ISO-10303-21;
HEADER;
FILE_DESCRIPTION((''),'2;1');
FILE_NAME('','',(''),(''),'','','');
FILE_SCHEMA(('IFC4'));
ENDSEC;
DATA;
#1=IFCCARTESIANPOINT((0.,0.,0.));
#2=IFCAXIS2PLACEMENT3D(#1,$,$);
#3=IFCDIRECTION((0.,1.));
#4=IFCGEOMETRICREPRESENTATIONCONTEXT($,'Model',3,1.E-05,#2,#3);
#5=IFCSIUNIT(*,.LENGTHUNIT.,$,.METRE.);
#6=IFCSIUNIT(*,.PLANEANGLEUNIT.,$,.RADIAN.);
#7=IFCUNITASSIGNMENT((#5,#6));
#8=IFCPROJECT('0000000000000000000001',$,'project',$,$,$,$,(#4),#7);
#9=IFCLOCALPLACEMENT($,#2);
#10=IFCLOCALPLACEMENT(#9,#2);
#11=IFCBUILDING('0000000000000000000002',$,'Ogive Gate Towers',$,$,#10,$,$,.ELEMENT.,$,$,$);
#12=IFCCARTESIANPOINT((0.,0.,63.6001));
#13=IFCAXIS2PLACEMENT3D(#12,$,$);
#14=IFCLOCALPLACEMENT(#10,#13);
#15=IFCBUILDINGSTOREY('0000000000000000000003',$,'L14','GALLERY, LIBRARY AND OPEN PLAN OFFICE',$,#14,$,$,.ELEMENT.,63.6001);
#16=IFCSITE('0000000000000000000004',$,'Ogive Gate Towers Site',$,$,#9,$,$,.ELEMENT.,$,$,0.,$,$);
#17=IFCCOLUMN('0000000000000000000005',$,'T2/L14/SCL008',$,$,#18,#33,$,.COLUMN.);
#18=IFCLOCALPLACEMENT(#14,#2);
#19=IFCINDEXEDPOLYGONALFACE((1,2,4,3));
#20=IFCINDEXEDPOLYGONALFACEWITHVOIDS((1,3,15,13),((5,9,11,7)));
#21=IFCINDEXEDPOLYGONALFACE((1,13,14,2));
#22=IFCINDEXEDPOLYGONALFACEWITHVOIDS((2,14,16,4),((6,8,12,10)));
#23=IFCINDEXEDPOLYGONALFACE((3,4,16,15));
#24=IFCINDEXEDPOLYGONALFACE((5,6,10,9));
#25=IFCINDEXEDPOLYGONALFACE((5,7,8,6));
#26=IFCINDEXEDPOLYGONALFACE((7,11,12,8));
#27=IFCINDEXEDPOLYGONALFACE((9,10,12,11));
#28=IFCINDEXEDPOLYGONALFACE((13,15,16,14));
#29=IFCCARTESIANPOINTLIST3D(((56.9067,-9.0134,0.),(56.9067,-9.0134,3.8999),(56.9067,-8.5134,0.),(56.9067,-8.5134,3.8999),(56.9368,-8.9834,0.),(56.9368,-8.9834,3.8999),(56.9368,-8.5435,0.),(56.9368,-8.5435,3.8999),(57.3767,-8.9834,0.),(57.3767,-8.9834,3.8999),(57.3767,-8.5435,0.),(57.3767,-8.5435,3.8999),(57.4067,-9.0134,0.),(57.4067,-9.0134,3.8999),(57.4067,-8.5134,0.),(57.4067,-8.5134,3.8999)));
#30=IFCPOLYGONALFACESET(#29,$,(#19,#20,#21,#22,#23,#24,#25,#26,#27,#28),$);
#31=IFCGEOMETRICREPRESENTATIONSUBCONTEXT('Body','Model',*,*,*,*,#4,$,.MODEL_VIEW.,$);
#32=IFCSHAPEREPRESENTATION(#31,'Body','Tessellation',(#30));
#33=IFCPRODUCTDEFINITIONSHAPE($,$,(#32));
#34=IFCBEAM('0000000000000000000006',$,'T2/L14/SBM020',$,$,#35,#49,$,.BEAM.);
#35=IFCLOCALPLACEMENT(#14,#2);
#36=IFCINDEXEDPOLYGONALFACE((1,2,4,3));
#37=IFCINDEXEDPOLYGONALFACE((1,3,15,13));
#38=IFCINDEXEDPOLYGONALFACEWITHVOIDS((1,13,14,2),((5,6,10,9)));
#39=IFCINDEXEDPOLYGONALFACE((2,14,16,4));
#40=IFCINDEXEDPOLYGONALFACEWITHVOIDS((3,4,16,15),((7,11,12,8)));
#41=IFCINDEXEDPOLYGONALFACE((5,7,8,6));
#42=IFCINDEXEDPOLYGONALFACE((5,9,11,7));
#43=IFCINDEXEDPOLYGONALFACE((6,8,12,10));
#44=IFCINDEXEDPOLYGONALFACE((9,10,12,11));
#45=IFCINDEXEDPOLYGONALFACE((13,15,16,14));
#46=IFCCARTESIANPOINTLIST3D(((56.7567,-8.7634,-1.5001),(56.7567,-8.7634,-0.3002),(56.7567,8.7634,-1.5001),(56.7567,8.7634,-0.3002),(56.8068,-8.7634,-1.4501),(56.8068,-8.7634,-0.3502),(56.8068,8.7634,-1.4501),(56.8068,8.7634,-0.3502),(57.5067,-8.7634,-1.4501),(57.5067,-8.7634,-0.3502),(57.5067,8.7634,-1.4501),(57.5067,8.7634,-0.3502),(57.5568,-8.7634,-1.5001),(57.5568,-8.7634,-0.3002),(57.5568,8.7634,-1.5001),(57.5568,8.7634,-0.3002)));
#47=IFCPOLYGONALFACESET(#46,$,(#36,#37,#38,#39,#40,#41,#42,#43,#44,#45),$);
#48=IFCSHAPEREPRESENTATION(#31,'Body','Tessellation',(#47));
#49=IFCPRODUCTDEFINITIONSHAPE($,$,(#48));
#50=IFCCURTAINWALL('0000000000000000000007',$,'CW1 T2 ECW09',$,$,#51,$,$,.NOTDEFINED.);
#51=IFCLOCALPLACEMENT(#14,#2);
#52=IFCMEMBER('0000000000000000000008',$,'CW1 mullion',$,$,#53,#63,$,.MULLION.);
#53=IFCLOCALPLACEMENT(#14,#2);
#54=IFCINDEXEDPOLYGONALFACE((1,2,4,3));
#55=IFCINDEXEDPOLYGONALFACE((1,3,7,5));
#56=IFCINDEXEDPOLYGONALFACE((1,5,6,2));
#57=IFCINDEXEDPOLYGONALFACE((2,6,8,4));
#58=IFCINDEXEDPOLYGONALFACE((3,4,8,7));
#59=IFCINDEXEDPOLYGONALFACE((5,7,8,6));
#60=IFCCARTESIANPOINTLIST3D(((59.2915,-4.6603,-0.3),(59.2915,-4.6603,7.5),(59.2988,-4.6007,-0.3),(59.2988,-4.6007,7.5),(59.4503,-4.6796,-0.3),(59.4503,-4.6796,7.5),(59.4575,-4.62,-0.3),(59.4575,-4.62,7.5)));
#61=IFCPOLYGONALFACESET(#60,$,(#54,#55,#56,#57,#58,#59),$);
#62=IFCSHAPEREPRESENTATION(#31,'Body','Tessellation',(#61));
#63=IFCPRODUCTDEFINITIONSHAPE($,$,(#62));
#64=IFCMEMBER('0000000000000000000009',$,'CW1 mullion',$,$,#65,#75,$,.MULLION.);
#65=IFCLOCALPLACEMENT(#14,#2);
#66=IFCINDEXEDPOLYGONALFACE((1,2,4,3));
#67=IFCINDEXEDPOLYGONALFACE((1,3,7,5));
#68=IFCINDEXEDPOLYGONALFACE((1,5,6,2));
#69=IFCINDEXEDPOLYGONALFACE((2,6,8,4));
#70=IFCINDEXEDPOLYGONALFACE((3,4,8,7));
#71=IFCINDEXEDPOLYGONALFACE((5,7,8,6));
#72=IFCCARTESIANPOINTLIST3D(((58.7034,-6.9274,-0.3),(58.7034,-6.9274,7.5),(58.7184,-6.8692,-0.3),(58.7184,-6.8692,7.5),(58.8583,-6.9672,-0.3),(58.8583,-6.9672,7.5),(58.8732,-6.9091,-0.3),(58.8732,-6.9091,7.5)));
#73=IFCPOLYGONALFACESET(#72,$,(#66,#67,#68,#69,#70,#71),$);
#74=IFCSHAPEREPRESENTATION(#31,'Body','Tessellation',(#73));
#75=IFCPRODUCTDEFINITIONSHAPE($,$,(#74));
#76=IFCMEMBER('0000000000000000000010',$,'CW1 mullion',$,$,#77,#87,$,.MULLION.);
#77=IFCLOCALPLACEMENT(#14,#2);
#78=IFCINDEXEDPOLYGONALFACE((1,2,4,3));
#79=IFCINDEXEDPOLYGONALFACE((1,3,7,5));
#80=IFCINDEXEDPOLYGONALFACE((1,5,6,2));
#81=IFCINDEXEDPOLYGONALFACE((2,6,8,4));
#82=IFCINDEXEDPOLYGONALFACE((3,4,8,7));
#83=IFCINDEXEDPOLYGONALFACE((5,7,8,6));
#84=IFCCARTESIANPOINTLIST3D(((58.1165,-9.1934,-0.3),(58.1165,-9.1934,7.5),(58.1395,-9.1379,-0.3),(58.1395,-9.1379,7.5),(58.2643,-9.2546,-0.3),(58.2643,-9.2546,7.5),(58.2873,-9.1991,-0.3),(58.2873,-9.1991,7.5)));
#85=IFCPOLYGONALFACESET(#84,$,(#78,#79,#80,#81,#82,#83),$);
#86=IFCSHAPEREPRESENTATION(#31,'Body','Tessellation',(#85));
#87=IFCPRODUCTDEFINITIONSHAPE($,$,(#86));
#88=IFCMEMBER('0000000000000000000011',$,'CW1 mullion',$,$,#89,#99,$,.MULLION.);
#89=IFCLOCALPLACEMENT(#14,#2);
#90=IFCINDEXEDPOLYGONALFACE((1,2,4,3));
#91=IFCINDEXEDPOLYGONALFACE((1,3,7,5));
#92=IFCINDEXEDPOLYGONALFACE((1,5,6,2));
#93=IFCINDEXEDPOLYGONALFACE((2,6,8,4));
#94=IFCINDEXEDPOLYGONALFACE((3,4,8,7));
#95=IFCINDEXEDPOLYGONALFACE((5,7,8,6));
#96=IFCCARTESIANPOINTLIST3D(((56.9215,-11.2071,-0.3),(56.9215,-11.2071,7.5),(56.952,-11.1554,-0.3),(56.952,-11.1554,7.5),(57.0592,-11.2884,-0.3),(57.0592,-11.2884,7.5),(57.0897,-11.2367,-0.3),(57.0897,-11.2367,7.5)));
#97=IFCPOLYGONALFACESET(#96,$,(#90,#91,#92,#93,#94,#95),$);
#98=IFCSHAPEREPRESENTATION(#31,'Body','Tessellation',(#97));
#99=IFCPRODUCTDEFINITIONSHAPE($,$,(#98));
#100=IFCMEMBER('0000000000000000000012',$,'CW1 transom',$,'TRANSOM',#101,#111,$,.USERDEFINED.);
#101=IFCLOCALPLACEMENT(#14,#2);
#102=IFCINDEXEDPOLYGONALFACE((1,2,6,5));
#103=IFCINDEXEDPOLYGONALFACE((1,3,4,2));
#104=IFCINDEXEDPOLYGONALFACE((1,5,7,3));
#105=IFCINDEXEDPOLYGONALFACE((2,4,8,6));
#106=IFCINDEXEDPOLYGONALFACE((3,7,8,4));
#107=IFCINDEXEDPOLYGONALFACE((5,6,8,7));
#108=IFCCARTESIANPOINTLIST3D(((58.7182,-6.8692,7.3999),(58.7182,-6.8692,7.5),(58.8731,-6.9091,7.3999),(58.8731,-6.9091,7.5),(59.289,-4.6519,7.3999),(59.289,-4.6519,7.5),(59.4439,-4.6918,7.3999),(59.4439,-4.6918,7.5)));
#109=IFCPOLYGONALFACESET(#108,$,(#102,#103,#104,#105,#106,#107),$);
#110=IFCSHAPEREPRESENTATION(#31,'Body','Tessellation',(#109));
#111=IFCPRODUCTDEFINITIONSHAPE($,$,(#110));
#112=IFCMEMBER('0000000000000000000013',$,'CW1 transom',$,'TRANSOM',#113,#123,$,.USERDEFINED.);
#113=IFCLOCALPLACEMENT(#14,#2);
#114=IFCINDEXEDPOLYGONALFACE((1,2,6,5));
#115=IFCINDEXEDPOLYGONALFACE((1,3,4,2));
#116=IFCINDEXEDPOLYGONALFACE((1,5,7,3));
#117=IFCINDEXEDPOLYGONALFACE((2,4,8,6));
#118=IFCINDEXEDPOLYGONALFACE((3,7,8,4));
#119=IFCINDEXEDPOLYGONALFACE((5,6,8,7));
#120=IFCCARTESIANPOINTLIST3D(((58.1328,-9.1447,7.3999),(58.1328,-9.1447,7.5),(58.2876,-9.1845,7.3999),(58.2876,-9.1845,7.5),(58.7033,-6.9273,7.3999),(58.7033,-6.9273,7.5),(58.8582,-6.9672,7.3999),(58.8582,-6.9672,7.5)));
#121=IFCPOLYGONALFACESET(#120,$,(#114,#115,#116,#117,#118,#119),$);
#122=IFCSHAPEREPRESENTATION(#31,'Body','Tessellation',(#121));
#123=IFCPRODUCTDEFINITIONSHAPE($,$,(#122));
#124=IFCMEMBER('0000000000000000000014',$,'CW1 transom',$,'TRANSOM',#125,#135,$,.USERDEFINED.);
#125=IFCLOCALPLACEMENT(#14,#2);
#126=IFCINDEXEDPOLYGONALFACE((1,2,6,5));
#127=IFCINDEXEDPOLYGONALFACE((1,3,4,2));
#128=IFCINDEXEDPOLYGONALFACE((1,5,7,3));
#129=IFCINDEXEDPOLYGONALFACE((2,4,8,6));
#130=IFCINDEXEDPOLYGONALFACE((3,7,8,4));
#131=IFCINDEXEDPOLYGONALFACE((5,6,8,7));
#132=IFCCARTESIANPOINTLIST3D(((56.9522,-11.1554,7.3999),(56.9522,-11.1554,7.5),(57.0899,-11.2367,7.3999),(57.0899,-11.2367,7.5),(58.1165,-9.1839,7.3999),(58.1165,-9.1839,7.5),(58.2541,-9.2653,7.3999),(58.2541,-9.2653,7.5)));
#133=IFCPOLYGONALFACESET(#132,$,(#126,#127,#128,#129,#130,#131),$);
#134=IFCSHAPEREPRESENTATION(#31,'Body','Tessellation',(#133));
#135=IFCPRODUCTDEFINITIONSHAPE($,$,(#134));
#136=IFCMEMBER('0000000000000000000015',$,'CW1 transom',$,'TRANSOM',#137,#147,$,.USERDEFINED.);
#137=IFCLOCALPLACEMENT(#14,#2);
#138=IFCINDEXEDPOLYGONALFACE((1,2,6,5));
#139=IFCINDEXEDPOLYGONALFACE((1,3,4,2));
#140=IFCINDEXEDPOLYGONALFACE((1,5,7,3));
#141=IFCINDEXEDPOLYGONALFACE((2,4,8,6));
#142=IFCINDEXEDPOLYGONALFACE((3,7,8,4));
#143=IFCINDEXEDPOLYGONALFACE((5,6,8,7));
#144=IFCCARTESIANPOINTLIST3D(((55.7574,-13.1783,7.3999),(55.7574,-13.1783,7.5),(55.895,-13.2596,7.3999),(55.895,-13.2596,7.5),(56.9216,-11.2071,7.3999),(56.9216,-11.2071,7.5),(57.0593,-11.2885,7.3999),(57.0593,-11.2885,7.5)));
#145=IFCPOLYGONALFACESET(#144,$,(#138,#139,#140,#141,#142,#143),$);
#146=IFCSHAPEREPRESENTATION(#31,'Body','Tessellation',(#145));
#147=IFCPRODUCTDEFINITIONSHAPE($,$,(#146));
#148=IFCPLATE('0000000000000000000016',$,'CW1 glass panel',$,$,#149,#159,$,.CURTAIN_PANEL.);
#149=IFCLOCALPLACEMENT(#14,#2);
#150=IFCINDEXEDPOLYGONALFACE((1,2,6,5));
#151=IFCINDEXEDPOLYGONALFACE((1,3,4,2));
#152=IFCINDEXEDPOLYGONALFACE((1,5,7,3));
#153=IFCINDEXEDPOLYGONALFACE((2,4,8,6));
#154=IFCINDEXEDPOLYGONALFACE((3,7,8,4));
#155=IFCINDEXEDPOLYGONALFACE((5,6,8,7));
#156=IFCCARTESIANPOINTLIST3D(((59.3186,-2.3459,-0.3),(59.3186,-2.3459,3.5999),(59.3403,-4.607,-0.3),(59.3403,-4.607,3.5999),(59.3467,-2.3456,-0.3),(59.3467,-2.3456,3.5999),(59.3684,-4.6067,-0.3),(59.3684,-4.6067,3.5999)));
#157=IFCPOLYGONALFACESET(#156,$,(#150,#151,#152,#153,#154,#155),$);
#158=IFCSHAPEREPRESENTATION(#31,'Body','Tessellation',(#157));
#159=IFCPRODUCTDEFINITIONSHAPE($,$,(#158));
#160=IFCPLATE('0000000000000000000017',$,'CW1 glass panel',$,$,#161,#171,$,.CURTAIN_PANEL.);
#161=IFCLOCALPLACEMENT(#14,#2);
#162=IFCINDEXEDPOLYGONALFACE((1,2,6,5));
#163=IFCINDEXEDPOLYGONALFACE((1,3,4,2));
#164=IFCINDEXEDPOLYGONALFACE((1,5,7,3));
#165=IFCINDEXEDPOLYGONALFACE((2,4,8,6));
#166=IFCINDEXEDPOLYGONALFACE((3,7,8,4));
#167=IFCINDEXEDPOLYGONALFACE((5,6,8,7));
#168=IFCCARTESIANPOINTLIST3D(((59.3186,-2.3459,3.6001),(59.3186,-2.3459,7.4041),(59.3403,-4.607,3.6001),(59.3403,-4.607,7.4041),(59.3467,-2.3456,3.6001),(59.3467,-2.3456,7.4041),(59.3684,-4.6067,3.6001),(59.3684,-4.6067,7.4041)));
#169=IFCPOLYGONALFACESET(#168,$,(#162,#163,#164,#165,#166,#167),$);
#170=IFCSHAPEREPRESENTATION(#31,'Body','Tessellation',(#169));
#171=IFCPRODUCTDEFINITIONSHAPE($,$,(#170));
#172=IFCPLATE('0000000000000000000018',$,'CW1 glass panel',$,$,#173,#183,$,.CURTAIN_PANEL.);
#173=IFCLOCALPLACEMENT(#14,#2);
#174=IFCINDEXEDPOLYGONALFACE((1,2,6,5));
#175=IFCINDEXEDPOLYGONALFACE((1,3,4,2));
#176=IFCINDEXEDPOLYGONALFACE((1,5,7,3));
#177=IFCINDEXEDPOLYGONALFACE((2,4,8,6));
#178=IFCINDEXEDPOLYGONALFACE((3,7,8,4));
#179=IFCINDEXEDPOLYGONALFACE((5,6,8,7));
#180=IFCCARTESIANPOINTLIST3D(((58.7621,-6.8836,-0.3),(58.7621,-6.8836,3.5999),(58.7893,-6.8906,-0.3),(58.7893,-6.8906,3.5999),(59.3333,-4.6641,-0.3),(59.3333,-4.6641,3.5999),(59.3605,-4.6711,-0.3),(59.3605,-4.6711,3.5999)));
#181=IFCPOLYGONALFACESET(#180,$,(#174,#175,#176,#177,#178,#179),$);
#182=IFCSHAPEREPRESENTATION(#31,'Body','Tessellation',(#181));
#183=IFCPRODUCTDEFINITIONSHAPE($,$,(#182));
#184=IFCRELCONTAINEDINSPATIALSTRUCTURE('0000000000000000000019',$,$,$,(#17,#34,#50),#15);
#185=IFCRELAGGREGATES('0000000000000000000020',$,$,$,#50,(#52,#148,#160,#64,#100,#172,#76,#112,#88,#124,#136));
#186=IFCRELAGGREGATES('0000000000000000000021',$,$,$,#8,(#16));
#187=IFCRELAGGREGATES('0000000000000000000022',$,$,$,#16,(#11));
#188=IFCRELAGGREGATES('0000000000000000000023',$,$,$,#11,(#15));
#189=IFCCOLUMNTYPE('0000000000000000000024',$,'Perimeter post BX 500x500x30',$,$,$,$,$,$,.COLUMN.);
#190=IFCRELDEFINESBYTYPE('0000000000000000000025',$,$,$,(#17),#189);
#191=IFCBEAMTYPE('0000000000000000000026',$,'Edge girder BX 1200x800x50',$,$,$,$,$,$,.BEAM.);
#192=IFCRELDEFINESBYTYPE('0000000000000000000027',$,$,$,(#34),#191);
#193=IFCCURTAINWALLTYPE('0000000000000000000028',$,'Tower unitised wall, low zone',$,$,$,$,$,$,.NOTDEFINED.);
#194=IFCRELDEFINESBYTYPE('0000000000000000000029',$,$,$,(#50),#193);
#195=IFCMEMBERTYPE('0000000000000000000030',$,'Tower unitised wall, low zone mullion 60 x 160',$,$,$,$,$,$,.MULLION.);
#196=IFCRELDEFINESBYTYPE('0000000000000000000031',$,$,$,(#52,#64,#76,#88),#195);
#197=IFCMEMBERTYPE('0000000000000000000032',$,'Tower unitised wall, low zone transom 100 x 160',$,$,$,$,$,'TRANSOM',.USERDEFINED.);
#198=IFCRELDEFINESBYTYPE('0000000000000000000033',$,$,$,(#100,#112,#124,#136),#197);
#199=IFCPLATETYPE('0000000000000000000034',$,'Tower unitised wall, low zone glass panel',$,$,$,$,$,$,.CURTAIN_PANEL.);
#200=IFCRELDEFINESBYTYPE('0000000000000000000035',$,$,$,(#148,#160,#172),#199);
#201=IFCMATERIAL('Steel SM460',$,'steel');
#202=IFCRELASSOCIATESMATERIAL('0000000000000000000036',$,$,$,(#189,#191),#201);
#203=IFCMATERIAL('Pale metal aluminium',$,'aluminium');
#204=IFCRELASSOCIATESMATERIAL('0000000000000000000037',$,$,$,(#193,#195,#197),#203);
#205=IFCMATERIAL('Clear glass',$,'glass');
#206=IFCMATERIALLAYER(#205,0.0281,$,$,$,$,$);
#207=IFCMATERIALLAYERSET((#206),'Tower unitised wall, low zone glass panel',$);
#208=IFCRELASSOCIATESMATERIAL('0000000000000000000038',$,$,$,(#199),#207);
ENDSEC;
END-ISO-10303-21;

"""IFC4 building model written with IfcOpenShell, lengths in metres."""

from ifc_helpers import new_model, si_unit, direction, frame, origin, origin_2d, place, context, subcontext, project, spatial, rectangle, hollow_rectangle, extrude, material, layer, layer_set, material_profile, profile_set, type_object, element, aggregate, save


model = new_model("IFC4")

# Units and contexts
model_context = context("Model", 3, precision=1e-05, world=origin(), true_north=direction((0.0, 1.0)))
body_context = subcontext(model_context, "Body", "Model", "MODEL_VIEW")
ifc_project = project(units=[si_unit("LENGTHUNIT", "METRE"), si_unit("PLANEANGLEUNIT", "RADIAN")], contexts=[model_context])

# Site, building, storey
site_placement = place(None, origin())
site = spatial("IfcSite", under=ifc_project, at=site_placement, Name="Ogive Gate Towers Site", CompositionType="ELEMENT", RefElevation=0.0)
building_placement = place(site_placement, origin())
building = spatial("IfcBuilding", under=site, at=building_placement, Name="Ogive Gate Towers", CompositionType="ELEMENT")
storey_placement = place(building_placement, frame((0.0, 0.0, 63.6001)))
storey = spatial("IfcBuildingStorey", under=building, at=storey_placement, Name="L14", Description="GALLERY, LIBRARY AND OPEN PLAN OFFICE", CompositionType="ELEMENT", Elevation=63.6001)

# Column
ifc_material_1 = material(Name="Steel SM460", Category="steel")
ifc_material_profile_1 = material_profile(ifc_material_1, hollow_rectangle(XDim=0.5, YDim=0.5, WallThickness=0.03, at=origin_2d()), Name="BX 500x500x30")
ifc_profile_set_1 = profile_set([ifc_material_profile_1], Name="Steel SM460")
column_type = type_object("IfcColumnType", Name="Perimeter post BX 500x500x30", PredefinedType="COLUMN", material=ifc_profile_set_1)
column_placement = place(storey_placement, frame((57.1567, -8.7634, 0.0), z_axis=(0.0, 0.0, 1.0), x_axis=(1.0, 0.0, 0.0)))
element("IfcColumn", 1, at=column_placement, inside=storey, type_object=column_type, Name="T2/L14/SCL008", PredefinedType="COLUMN", context=body_context, shape_type="SweptSolid", body=[
    extrude(hollow_rectangle(XDim=0.5, YDim=0.5, WallThickness=0.03, at=origin_2d()), origin(), (0.0, 0.0, 1.0), 3.8999),
])

# Beam
ifc_material_profile_2 = material_profile(ifc_material_1, hollow_rectangle(XDim=0.8, YDim=1.2, WallThickness=0.05, at=origin_2d()), Name="BX 1200x800x50")
ifc_profile_set_2 = profile_set([ifc_material_profile_2], Name="Steel SM460")
beam_type = type_object("IfcBeamType", Name="Edge girder BX 1200x800x50", PredefinedType="BEAM", material=ifc_profile_set_2)
beam_placement = place(storey_placement, frame((57.1567, -8.7634, -0.9001), z_axis=(0.0, 1.0, 0.0), x_axis=(-1.0, 0.0, 0.0)))
element("IfcBeam", 2, at=beam_placement, inside=storey, type_object=beam_type, Name="T2/L14/SBM020", PredefinedType="BEAM", context=body_context, shape_type="SweptSolid", body=[
    extrude(hollow_rectangle(XDim=0.8, YDim=1.2, WallThickness=0.05, at=origin_2d()), origin(), (0.0, 0.0, 1.0), 17.5269),
])

# Curtain wall, members, plates
ifc_material_2 = material(Name="Pale metal aluminium", Category="aluminium")
curtain_wall_type = type_object("IfcCurtainWallType", Name="Tower unitised wall, low zone", PredefinedType="NOTDEFINED", material=ifc_material_2)
curtain_wall_placement = place(storey_placement, origin())
curtain_wall = element("IfcCurtainWall", 3, at=curtain_wall_placement, inside=storey, type_object=curtain_wall_type, Name="CW1 T2 ECW09", PredefinedType="NOTDEFINED")
ifc_material_profile_3 = material_profile(ifc_material_2, rectangle(XDim=0.1599, YDim=0.0601, at=origin_2d()), Name="60 x 160 aluminium box")
ifc_profile_set_3 = profile_set([ifc_material_profile_3], Name="Pale metal aluminium")
member_type_1 = type_object("IfcMemberType", Name="Tower unitised wall, low zone mullion 60 x 160", PredefinedType="MULLION", material=ifc_profile_set_3)
member_1_placement = place(storey_placement, frame((59.3745, -4.6401, -0.3), z_axis=(0.0, 0.0, 1.0), x_axis=(-0.992669, 0.120865, 0.0)))
member_1 = element("IfcMember", 4, at=member_1_placement, type_object=member_type_1, Name="CW1 mullion", PredefinedType="MULLION", context=body_context, shape_type="SweptSolid", body=[
    extrude(rectangle(XDim=0.1599, YDim=0.0601, at=origin_2d()), origin(), (0.0, 0.0, 1.0), 7.8),
])
member_2_placement = place(storey_placement, frame((58.7883, -6.9182, -0.3), z_axis=(0.0, 0.0, 1.0), x_axis=(-0.96844, 0.249248, 0.0)))
member_2 = element("IfcMember", 5, at=member_2_placement, type_object=member_type_1, Name="CW1 mullion", PredefinedType="MULLION", context=body_context, shape_type="SweptSolid", body=[
    extrude(rectangle(XDim=0.1599, YDim=0.0601, at=origin_2d()), origin(), (0.0, 0.0, 1.0), 7.8),
])
member_3_placement = place(storey_placement, frame((58.2019, -9.1963, -0.3), z_axis=(0.0, 0.0, 1.0), x_axis=(-0.92388, 0.382683, 0.0)))
member_3 = element("IfcMember", 6, at=member_3_placement, type_object=member_type_1, Name="CW1 mullion", PredefinedType="MULLION", context=body_context, shape_type="SweptSolid", body=[
    extrude(rectangle(XDim=0.1599, YDim=0.0601, at=origin_2d()), origin(), (0.0, 0.0, 1.0), 7.8),
])
member_4_placement = place(storey_placement, frame((57.0056, -11.2219, -0.3), z_axis=(0.0, 0.0, 1.0), x_axis=(-0.861035, 0.508546, 0.0)))
member_4 = element("IfcMember", 7, at=member_4_placement, type_object=member_type_1, Name="CW1 mullion", PredefinedType="MULLION", context=body_context, shape_type="SweptSolid", body=[
    extrude(rectangle(XDim=0.1599, YDim=0.0601, at=origin_2d()), origin(), (0.0, 0.0, 1.0), 7.8),
])
ifc_material_profile_4 = material_profile(ifc_material_2, rectangle(XDim=0.1599, YDim=0.1001, at=origin_2d()), Name="100 x 160 aluminium box")
ifc_profile_set_4 = profile_set([ifc_material_profile_4], Name="Pale metal aluminium")
member_type_2 = type_object("IfcMemberType", Name="Tower unitised wall, low zone transom 100 x 160", ElementType="TRANSOM", PredefinedType="USERDEFINED", material=ifc_profile_set_4)
member_5_placement = place(storey_placement, frame((59.3665, -4.6719, 7.45), z_axis=(-0.249304, -0.968425, 0.0), x_axis=(0.968425, -0.249304, 0.0)))
member_5 = element("IfcMember", 8, at=member_5_placement, type_object=member_type_2, Name="CW1 transom", ObjectType="TRANSOM", PredefinedType="USERDEFINED", context=body_context, shape_type="SweptSolid", body=[
    extrude(rectangle(XDim=0.1599, YDim=0.1001, at=origin_2d()), origin(), (0.0, 0.0, 1.0), 2.2896),
])
member_6_placement = place(storey_placement, frame((58.7808, -6.9473, 7.45), z_axis=(-0.249204, -0.968451, 0.0), x_axis=(0.968451, -0.249204, 0.0)))
member_6 = element("IfcMember", 9, at=member_6_placement, type_object=member_type_2, Name="CW1 transom", ObjectType="TRANSOM", PredefinedType="USERDEFINED", context=body_context, shape_type="SweptSolid", body=[
    extrude(rectangle(XDim=0.1599, YDim=0.1001, at=origin_2d()), origin(), (0.0, 0.0, 1.0), 2.2896),
])
member_7_placement = place(storey_placement, frame((58.1853, -9.2246, 7.45), z_axis=(-0.508525, -0.861048, 0.0), x_axis=(0.861048, -0.508525, 0.0)))
member_7 = element("IfcMember", 10, at=member_7_placement, type_object=member_type_2, Name="CW1 transom", ObjectType="TRANSOM", PredefinedType="USERDEFINED", context=body_context, shape_type="SweptSolid", body=[
    extrude(rectangle(XDim=0.1599, YDim=0.1001, at=origin_2d()), origin(), (0.0, 0.0, 1.0), 2.2896),
])
member_8_placement = place(storey_placement, frame((56.9905, -11.2478, 7.45), z_axis=(-0.508571, -0.86102, 0.0), x_axis=(0.86102, -0.508571, 0.0)))
member_8 = element("IfcMember", 11, at=member_8_placement, type_object=member_type_2, Name="CW1 transom", ObjectType="TRANSOM", PredefinedType="USERDEFINED", context=body_context, shape_type="SweptSolid", body=[
    extrude(rectangle(XDim=0.1599, YDim=0.1001, at=origin_2d()), origin(), (0.0, 0.0, 1.0), 2.2893),
])
ifc_material_3 = material(Name="Clear glass", Category="glass")
ifc_layer_1 = layer(ifc_material_3, 0.0281)
ifc_layer_set_1 = layer_set([ifc_layer_1], Name="Tower unitised wall, low zone glass panel")
plate_type = type_object("IfcPlateType", Name="Tower unitised wall, low zone glass panel", PredefinedType="CURTAIN_PANEL", material=ifc_layer_set_1)
plate_1_placement = place(storey_placement, frame((59.3435, -3.4763, -0.3), z_axis=(0.0, 0.0, 1.0), x_axis=(0.009582, -0.999954, 0.0)))
plate_1 = element("IfcPlate", 12, at=plate_1_placement, type_object=plate_type, Name="CW1 glass panel", PredefinedType="CURTAIN_PANEL", context=body_context, shape_type="SweptSolid", body=[
    extrude(rectangle(XDim=2.2612, YDim=0.0281, at=origin_2d()), origin(), (0.0, 0.0, 1.0), 3.8999),
])
plate_2_placement = place(storey_placement, frame((59.3435, -3.4763, 3.6001), z_axis=(0.0, 0.0, 1.0), x_axis=(0.009582, -0.999954, 0.0)))
plate_2 = element("IfcPlate", 13, at=plate_2_placement, type_object=plate_type, Name="CW1 glass panel", PredefinedType="CURTAIN_PANEL", context=body_context, shape_type="SweptSolid", body=[
    extrude(rectangle(XDim=2.2612, YDim=0.0281, at=origin_2d()), origin(), (0.0, 0.0, 1.0), 3.804),
])
plate_3_placement = place(storey_placement, frame((59.0613, -5.7773, -0.3), z_axis=(0.0, 0.0, 1.0), x_axis=(-0.249248, -0.96844, 0.0)))
plate_3 = element("IfcPlate", 14, at=plate_3_placement, type_object=plate_type, Name="CW1 glass panel", PredefinedType="CURTAIN_PANEL", context=body_context, shape_type="SweptSolid", body=[
    extrude(rectangle(XDim=2.2917, YDim=0.0281, at=origin_2d()), origin(), (0.0, 0.0, 1.0), 3.8999),
])
aggregate(curtain_wall, [member_1, plate_1, plate_2, member_2, member_5, plate_3, member_3, member_6, member_4, member_7, member_8])

save(model, "model.ifc")
